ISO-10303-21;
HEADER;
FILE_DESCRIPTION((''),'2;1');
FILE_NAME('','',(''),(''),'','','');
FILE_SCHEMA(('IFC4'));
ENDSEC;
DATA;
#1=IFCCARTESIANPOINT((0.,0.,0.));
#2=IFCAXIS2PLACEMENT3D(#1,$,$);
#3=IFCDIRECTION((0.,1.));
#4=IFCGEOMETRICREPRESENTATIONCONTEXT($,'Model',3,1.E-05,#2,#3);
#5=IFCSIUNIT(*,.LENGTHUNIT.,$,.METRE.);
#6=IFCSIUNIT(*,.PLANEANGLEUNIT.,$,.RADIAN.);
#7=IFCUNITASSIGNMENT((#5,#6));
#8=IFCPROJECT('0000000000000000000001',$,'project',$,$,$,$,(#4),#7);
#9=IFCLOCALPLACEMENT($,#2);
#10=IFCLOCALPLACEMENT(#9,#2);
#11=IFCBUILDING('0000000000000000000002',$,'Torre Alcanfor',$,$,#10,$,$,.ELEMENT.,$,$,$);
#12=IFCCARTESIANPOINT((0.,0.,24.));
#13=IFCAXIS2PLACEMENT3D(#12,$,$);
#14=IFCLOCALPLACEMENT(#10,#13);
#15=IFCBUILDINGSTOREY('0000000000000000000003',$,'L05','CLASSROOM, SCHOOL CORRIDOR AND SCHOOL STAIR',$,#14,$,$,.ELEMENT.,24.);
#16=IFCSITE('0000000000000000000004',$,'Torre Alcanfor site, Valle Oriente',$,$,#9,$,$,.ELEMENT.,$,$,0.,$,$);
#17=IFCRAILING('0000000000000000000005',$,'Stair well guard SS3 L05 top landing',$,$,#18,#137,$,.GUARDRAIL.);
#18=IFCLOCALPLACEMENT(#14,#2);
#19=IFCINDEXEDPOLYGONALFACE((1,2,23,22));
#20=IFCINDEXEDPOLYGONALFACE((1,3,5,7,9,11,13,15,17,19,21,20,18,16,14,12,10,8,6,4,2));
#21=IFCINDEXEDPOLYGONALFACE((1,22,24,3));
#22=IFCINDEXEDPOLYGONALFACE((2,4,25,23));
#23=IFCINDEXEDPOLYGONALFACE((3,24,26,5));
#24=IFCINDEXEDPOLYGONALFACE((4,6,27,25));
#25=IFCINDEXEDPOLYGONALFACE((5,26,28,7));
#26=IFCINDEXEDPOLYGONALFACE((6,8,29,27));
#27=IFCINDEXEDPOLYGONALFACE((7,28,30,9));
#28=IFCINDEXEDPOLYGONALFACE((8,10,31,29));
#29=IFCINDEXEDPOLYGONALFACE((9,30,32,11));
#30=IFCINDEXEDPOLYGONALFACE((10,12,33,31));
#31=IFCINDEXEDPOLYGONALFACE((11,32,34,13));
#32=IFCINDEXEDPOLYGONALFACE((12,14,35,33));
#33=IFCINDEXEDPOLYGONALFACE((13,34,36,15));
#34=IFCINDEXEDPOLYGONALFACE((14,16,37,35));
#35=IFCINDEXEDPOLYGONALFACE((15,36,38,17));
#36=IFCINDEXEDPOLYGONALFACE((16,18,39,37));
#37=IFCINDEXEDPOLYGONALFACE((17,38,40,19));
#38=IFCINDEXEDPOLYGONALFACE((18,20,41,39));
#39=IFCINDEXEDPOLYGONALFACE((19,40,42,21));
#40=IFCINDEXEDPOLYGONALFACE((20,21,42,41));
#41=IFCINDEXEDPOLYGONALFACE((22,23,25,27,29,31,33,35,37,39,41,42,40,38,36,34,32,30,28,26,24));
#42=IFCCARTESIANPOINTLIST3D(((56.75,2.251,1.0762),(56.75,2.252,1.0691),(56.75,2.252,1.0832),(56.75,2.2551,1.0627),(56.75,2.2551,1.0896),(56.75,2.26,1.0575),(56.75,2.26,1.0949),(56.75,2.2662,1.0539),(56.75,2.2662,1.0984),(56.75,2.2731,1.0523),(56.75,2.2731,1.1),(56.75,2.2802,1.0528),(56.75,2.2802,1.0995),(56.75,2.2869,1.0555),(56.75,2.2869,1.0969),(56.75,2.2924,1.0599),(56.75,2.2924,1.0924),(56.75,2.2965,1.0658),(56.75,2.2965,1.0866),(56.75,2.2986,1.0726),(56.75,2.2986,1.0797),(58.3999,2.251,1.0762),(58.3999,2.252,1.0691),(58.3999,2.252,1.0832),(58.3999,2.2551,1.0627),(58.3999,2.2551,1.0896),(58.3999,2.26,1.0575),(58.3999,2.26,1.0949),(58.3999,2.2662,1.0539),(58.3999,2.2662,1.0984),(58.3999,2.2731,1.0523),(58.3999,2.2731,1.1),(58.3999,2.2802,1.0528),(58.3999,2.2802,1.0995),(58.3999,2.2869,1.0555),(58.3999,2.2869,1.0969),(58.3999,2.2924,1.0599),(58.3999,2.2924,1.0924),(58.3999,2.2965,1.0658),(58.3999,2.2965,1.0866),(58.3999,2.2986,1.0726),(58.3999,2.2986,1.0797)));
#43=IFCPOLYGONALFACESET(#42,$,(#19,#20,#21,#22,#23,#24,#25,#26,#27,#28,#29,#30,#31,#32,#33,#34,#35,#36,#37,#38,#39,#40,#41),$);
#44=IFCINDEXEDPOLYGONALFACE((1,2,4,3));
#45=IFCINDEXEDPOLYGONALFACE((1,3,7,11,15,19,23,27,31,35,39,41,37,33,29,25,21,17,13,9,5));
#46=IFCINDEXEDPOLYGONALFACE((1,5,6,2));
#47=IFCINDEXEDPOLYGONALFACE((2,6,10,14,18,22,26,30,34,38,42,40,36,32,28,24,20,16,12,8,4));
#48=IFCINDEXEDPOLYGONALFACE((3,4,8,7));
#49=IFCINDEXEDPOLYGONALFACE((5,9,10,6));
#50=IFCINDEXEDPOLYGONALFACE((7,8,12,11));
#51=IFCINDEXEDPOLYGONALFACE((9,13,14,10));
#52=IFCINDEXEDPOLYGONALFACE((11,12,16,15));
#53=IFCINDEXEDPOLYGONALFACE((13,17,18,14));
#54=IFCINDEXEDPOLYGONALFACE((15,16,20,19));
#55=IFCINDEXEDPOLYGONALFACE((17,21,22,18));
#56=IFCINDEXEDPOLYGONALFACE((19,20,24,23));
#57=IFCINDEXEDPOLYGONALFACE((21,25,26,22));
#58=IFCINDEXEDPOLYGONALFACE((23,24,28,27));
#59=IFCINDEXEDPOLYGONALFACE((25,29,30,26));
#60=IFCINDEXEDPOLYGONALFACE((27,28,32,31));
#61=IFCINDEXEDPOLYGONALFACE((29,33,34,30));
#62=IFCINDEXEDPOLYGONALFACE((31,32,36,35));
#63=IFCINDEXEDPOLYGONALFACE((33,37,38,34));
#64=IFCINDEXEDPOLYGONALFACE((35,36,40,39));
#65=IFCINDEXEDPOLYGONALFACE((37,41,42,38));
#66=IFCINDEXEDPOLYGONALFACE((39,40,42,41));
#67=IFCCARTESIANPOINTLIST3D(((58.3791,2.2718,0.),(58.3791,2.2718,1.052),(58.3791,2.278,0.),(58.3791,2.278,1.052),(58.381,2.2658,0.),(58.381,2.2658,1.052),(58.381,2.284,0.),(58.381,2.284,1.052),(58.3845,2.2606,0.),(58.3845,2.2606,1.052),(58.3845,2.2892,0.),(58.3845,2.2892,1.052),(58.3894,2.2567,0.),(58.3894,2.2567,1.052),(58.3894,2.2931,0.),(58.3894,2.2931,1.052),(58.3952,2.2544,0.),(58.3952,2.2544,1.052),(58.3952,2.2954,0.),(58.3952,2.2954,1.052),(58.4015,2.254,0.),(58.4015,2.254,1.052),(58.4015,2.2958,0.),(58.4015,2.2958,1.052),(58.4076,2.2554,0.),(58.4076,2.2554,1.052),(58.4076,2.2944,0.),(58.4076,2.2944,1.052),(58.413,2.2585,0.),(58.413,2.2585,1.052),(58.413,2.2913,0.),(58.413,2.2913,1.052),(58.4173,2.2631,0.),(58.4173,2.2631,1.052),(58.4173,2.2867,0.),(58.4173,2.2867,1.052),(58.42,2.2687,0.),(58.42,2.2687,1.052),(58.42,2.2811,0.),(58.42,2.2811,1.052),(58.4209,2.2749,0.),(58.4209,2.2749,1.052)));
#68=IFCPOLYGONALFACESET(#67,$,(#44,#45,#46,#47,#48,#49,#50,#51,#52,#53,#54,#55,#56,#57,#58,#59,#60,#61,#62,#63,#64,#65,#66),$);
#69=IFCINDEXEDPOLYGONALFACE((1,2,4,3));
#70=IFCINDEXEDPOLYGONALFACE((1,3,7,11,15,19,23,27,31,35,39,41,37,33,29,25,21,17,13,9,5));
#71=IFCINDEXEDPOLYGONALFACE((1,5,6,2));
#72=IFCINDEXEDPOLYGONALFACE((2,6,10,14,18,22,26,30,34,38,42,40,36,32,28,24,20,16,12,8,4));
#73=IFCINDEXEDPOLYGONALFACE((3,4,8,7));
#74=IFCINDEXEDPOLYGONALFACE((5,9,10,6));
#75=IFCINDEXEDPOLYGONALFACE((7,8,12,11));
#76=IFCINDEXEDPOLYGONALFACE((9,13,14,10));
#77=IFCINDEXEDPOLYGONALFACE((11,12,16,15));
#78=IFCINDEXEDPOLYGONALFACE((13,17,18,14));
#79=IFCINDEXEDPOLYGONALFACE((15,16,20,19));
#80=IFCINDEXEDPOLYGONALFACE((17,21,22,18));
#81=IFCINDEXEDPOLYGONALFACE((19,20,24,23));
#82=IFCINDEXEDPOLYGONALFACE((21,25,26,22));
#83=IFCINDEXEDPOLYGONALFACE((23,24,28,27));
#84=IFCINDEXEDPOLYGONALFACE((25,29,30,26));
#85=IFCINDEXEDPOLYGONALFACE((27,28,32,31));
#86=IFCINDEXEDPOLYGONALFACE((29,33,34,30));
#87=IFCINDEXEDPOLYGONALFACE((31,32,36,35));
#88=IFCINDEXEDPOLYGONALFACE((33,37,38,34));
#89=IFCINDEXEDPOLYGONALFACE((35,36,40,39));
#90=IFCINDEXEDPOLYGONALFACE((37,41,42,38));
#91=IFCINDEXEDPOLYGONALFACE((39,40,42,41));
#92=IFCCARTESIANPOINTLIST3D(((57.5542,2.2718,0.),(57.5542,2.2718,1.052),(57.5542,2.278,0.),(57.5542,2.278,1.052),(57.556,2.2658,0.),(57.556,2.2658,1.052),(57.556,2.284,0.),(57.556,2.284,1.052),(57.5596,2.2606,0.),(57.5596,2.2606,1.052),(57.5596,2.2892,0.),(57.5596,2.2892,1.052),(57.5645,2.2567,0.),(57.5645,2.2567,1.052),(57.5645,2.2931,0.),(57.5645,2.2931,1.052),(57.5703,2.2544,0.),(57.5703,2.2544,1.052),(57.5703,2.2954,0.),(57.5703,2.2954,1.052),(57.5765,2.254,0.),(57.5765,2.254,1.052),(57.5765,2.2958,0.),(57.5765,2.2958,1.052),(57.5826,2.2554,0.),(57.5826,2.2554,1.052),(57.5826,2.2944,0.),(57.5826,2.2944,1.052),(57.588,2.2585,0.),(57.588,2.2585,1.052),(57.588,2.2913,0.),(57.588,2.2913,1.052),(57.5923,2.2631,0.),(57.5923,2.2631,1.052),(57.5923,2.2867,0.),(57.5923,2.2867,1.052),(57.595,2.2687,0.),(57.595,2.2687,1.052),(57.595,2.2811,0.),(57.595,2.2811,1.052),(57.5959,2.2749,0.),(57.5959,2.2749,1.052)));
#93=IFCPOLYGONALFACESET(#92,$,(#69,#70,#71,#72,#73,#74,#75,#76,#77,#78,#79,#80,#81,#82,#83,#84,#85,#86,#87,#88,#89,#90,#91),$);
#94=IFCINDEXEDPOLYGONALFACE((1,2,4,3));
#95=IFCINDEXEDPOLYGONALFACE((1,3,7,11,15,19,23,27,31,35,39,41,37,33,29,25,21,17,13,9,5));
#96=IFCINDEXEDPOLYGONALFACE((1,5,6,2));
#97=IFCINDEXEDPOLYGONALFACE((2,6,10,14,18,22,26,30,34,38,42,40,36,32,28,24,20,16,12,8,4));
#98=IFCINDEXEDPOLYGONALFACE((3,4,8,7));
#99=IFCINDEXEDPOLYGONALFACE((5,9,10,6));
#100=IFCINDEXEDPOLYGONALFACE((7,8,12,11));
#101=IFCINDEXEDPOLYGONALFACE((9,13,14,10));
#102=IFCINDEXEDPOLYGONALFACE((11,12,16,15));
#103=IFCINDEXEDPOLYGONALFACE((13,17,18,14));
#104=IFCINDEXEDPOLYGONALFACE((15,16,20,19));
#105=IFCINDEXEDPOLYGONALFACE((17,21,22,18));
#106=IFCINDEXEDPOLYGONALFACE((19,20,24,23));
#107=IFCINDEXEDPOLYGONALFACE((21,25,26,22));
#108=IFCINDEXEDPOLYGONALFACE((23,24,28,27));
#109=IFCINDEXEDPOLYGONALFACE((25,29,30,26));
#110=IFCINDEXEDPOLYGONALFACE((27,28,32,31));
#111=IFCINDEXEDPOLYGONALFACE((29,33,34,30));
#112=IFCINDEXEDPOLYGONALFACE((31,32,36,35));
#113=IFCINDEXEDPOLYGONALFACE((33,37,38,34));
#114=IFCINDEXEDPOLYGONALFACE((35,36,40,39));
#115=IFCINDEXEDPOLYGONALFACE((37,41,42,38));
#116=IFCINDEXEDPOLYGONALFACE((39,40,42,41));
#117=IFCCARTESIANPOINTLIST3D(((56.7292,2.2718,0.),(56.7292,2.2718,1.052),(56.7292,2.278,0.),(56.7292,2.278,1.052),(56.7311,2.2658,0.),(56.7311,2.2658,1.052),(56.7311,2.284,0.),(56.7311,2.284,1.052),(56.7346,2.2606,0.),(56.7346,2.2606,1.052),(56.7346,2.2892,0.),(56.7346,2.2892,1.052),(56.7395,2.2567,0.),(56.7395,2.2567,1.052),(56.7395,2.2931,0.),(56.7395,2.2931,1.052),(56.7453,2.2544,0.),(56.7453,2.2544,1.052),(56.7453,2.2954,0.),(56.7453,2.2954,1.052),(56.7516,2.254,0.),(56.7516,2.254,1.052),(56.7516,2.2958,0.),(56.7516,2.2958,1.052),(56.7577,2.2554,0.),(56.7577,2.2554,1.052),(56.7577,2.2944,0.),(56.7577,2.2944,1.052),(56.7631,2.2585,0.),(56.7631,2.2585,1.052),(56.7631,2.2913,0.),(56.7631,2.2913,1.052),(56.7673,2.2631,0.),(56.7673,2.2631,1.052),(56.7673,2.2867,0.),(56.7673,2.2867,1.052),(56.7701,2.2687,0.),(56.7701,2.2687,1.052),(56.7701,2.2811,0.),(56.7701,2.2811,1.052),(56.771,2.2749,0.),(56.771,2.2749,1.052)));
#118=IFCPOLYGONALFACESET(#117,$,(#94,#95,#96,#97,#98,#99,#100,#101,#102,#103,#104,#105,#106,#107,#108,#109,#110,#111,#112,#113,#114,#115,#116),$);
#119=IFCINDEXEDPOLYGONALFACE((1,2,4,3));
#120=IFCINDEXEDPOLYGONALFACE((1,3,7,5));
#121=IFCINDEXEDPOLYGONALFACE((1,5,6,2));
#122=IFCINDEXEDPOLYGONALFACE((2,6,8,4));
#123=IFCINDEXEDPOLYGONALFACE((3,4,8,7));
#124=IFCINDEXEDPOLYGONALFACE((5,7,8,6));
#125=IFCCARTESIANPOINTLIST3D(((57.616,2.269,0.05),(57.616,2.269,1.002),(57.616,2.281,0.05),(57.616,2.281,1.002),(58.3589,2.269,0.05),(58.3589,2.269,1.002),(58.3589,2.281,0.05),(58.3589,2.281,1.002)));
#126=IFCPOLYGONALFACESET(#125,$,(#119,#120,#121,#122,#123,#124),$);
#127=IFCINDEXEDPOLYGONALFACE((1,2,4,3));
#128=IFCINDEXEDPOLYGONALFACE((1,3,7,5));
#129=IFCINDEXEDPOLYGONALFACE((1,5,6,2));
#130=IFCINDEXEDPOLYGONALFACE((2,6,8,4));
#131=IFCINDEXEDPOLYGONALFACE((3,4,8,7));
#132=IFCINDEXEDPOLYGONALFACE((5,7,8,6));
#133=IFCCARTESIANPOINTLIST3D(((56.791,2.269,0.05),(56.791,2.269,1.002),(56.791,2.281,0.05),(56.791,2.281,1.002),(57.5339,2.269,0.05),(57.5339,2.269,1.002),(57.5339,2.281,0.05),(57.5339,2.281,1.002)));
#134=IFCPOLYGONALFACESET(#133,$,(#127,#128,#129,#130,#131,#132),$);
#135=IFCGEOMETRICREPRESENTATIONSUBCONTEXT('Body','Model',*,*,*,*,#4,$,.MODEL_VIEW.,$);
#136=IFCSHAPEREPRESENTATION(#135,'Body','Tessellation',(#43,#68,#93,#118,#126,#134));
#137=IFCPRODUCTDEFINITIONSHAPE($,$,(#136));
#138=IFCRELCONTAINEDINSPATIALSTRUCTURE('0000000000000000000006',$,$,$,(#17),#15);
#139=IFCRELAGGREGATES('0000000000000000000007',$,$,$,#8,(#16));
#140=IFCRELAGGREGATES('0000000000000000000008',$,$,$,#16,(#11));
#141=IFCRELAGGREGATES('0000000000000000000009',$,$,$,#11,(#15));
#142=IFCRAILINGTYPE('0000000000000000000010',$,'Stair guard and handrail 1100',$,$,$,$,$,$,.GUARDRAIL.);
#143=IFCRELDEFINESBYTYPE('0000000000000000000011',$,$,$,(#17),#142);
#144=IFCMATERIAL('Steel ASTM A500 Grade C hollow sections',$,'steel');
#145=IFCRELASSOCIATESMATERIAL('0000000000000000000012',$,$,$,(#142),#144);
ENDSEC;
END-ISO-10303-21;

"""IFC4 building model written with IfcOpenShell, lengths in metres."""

from ifc_helpers import new_model, si_unit, direction, frame, origin, origin_2d, place, context, subcontext, project, spatial, polyline, circle, outline, extrude, material, type_object, element, save


model = new_model("IFC4")

# Units and contexts
model_context = context("Model", 3, precision=1e-05, world=origin(), true_north=direction((0.0, 1.0)))
body_context = subcontext(model_context, "Body", "Model", "MODEL_VIEW")
ifc_project = project(units=[si_unit("LENGTHUNIT", "METRE"), si_unit("PLANEANGLEUNIT", "RADIAN")], contexts=[model_context])

# Site, building, storey
site_placement = place(None, origin())
site = spatial("IfcSite", under=ifc_project, at=site_placement, Name="Torre Alcanfor site, Valle Oriente", CompositionType="ELEMENT", RefElevation=0.0)
building_placement = place(site_placement, origin())
building = spatial("IfcBuilding", under=site, at=building_placement, Name="Torre Alcanfor", CompositionType="ELEMENT")
storey_placement = place(building_placement, frame((0.0, 0.0, 24.0)))
storey = spatial("IfcBuildingStorey", under=building, at=storey_placement, Name="L05", Description="CLASSROOM, SCHOOL CORRIDOR AND SCHOOL STAIR", CompositionType="ELEMENT", Elevation=24.0)

# Railing
ifc_material_1 = material(Name="Steel ASTM A500 Grade C hollow sections", Category="steel")
railing_type = type_object("IfcRailingType", Name="Stair guard and handrail 1100", PredefinedType="GUARDRAIL", material=ifc_material_1)
railing_1_placement = place(storey_placement, frame((58.3999, 2.2749, 0.0)))
element("IfcRailing", 1, at=railing_1_placement, inside=storey, type_object=railing_type, Name="Stair well guard SS3 L05 top landing", PredefinedType="GUARDRAIL", context=body_context, shape_type="SweptSolid", body=[
    extrude(circle(Radius=0.0239, at=origin_2d()), frame((0.0, 0.0, 1.0762), z_axis=(-1.0, 0.0, 0.0), x_axis=(0.0, -1.0, 0.0)), (0.0, 0.0, 1.0), 1.6499),
    extrude(circle(Radius=0.021, at=origin_2d()), origin(), (0.0, 0.0, 1.0), 1.052),
    extrude(circle(Radius=0.021, at=origin_2d()), frame((-0.825, 0.0, 0.0)), (0.0, 0.0, 1.0), 1.052),
    extrude(circle(Radius=0.021, at=origin_2d()), frame((-1.6499, 0.0, 0.0)), (0.0, 0.0, 1.0), 1.052),
    extrude(outline(polyline([(0.041, 0.05), (0.7839, 0.05), (0.7839, 1.002), (0.041, 1.002), (0.041, 0.05)])), frame((0.0, -0.0059, 0.0), z_axis=(0.0, 1.0, 0.0), x_axis=(-1.0, 0.0, 0.0)), (0.0, 0.0, 1.0), 0.012),
    extrude(outline(polyline([(0.866, 0.05), (1.6089, 0.05), (1.6089, 1.002), (0.866, 1.002), (0.866, 0.05)])), frame((0.0, -0.0059, 0.0), z_axis=(0.0, 1.0, 0.0), x_axis=(-1.0, 0.0, 0.0)), (0.0, 0.0, 1.0), 0.012),
])

save(model, "model.ifc")
